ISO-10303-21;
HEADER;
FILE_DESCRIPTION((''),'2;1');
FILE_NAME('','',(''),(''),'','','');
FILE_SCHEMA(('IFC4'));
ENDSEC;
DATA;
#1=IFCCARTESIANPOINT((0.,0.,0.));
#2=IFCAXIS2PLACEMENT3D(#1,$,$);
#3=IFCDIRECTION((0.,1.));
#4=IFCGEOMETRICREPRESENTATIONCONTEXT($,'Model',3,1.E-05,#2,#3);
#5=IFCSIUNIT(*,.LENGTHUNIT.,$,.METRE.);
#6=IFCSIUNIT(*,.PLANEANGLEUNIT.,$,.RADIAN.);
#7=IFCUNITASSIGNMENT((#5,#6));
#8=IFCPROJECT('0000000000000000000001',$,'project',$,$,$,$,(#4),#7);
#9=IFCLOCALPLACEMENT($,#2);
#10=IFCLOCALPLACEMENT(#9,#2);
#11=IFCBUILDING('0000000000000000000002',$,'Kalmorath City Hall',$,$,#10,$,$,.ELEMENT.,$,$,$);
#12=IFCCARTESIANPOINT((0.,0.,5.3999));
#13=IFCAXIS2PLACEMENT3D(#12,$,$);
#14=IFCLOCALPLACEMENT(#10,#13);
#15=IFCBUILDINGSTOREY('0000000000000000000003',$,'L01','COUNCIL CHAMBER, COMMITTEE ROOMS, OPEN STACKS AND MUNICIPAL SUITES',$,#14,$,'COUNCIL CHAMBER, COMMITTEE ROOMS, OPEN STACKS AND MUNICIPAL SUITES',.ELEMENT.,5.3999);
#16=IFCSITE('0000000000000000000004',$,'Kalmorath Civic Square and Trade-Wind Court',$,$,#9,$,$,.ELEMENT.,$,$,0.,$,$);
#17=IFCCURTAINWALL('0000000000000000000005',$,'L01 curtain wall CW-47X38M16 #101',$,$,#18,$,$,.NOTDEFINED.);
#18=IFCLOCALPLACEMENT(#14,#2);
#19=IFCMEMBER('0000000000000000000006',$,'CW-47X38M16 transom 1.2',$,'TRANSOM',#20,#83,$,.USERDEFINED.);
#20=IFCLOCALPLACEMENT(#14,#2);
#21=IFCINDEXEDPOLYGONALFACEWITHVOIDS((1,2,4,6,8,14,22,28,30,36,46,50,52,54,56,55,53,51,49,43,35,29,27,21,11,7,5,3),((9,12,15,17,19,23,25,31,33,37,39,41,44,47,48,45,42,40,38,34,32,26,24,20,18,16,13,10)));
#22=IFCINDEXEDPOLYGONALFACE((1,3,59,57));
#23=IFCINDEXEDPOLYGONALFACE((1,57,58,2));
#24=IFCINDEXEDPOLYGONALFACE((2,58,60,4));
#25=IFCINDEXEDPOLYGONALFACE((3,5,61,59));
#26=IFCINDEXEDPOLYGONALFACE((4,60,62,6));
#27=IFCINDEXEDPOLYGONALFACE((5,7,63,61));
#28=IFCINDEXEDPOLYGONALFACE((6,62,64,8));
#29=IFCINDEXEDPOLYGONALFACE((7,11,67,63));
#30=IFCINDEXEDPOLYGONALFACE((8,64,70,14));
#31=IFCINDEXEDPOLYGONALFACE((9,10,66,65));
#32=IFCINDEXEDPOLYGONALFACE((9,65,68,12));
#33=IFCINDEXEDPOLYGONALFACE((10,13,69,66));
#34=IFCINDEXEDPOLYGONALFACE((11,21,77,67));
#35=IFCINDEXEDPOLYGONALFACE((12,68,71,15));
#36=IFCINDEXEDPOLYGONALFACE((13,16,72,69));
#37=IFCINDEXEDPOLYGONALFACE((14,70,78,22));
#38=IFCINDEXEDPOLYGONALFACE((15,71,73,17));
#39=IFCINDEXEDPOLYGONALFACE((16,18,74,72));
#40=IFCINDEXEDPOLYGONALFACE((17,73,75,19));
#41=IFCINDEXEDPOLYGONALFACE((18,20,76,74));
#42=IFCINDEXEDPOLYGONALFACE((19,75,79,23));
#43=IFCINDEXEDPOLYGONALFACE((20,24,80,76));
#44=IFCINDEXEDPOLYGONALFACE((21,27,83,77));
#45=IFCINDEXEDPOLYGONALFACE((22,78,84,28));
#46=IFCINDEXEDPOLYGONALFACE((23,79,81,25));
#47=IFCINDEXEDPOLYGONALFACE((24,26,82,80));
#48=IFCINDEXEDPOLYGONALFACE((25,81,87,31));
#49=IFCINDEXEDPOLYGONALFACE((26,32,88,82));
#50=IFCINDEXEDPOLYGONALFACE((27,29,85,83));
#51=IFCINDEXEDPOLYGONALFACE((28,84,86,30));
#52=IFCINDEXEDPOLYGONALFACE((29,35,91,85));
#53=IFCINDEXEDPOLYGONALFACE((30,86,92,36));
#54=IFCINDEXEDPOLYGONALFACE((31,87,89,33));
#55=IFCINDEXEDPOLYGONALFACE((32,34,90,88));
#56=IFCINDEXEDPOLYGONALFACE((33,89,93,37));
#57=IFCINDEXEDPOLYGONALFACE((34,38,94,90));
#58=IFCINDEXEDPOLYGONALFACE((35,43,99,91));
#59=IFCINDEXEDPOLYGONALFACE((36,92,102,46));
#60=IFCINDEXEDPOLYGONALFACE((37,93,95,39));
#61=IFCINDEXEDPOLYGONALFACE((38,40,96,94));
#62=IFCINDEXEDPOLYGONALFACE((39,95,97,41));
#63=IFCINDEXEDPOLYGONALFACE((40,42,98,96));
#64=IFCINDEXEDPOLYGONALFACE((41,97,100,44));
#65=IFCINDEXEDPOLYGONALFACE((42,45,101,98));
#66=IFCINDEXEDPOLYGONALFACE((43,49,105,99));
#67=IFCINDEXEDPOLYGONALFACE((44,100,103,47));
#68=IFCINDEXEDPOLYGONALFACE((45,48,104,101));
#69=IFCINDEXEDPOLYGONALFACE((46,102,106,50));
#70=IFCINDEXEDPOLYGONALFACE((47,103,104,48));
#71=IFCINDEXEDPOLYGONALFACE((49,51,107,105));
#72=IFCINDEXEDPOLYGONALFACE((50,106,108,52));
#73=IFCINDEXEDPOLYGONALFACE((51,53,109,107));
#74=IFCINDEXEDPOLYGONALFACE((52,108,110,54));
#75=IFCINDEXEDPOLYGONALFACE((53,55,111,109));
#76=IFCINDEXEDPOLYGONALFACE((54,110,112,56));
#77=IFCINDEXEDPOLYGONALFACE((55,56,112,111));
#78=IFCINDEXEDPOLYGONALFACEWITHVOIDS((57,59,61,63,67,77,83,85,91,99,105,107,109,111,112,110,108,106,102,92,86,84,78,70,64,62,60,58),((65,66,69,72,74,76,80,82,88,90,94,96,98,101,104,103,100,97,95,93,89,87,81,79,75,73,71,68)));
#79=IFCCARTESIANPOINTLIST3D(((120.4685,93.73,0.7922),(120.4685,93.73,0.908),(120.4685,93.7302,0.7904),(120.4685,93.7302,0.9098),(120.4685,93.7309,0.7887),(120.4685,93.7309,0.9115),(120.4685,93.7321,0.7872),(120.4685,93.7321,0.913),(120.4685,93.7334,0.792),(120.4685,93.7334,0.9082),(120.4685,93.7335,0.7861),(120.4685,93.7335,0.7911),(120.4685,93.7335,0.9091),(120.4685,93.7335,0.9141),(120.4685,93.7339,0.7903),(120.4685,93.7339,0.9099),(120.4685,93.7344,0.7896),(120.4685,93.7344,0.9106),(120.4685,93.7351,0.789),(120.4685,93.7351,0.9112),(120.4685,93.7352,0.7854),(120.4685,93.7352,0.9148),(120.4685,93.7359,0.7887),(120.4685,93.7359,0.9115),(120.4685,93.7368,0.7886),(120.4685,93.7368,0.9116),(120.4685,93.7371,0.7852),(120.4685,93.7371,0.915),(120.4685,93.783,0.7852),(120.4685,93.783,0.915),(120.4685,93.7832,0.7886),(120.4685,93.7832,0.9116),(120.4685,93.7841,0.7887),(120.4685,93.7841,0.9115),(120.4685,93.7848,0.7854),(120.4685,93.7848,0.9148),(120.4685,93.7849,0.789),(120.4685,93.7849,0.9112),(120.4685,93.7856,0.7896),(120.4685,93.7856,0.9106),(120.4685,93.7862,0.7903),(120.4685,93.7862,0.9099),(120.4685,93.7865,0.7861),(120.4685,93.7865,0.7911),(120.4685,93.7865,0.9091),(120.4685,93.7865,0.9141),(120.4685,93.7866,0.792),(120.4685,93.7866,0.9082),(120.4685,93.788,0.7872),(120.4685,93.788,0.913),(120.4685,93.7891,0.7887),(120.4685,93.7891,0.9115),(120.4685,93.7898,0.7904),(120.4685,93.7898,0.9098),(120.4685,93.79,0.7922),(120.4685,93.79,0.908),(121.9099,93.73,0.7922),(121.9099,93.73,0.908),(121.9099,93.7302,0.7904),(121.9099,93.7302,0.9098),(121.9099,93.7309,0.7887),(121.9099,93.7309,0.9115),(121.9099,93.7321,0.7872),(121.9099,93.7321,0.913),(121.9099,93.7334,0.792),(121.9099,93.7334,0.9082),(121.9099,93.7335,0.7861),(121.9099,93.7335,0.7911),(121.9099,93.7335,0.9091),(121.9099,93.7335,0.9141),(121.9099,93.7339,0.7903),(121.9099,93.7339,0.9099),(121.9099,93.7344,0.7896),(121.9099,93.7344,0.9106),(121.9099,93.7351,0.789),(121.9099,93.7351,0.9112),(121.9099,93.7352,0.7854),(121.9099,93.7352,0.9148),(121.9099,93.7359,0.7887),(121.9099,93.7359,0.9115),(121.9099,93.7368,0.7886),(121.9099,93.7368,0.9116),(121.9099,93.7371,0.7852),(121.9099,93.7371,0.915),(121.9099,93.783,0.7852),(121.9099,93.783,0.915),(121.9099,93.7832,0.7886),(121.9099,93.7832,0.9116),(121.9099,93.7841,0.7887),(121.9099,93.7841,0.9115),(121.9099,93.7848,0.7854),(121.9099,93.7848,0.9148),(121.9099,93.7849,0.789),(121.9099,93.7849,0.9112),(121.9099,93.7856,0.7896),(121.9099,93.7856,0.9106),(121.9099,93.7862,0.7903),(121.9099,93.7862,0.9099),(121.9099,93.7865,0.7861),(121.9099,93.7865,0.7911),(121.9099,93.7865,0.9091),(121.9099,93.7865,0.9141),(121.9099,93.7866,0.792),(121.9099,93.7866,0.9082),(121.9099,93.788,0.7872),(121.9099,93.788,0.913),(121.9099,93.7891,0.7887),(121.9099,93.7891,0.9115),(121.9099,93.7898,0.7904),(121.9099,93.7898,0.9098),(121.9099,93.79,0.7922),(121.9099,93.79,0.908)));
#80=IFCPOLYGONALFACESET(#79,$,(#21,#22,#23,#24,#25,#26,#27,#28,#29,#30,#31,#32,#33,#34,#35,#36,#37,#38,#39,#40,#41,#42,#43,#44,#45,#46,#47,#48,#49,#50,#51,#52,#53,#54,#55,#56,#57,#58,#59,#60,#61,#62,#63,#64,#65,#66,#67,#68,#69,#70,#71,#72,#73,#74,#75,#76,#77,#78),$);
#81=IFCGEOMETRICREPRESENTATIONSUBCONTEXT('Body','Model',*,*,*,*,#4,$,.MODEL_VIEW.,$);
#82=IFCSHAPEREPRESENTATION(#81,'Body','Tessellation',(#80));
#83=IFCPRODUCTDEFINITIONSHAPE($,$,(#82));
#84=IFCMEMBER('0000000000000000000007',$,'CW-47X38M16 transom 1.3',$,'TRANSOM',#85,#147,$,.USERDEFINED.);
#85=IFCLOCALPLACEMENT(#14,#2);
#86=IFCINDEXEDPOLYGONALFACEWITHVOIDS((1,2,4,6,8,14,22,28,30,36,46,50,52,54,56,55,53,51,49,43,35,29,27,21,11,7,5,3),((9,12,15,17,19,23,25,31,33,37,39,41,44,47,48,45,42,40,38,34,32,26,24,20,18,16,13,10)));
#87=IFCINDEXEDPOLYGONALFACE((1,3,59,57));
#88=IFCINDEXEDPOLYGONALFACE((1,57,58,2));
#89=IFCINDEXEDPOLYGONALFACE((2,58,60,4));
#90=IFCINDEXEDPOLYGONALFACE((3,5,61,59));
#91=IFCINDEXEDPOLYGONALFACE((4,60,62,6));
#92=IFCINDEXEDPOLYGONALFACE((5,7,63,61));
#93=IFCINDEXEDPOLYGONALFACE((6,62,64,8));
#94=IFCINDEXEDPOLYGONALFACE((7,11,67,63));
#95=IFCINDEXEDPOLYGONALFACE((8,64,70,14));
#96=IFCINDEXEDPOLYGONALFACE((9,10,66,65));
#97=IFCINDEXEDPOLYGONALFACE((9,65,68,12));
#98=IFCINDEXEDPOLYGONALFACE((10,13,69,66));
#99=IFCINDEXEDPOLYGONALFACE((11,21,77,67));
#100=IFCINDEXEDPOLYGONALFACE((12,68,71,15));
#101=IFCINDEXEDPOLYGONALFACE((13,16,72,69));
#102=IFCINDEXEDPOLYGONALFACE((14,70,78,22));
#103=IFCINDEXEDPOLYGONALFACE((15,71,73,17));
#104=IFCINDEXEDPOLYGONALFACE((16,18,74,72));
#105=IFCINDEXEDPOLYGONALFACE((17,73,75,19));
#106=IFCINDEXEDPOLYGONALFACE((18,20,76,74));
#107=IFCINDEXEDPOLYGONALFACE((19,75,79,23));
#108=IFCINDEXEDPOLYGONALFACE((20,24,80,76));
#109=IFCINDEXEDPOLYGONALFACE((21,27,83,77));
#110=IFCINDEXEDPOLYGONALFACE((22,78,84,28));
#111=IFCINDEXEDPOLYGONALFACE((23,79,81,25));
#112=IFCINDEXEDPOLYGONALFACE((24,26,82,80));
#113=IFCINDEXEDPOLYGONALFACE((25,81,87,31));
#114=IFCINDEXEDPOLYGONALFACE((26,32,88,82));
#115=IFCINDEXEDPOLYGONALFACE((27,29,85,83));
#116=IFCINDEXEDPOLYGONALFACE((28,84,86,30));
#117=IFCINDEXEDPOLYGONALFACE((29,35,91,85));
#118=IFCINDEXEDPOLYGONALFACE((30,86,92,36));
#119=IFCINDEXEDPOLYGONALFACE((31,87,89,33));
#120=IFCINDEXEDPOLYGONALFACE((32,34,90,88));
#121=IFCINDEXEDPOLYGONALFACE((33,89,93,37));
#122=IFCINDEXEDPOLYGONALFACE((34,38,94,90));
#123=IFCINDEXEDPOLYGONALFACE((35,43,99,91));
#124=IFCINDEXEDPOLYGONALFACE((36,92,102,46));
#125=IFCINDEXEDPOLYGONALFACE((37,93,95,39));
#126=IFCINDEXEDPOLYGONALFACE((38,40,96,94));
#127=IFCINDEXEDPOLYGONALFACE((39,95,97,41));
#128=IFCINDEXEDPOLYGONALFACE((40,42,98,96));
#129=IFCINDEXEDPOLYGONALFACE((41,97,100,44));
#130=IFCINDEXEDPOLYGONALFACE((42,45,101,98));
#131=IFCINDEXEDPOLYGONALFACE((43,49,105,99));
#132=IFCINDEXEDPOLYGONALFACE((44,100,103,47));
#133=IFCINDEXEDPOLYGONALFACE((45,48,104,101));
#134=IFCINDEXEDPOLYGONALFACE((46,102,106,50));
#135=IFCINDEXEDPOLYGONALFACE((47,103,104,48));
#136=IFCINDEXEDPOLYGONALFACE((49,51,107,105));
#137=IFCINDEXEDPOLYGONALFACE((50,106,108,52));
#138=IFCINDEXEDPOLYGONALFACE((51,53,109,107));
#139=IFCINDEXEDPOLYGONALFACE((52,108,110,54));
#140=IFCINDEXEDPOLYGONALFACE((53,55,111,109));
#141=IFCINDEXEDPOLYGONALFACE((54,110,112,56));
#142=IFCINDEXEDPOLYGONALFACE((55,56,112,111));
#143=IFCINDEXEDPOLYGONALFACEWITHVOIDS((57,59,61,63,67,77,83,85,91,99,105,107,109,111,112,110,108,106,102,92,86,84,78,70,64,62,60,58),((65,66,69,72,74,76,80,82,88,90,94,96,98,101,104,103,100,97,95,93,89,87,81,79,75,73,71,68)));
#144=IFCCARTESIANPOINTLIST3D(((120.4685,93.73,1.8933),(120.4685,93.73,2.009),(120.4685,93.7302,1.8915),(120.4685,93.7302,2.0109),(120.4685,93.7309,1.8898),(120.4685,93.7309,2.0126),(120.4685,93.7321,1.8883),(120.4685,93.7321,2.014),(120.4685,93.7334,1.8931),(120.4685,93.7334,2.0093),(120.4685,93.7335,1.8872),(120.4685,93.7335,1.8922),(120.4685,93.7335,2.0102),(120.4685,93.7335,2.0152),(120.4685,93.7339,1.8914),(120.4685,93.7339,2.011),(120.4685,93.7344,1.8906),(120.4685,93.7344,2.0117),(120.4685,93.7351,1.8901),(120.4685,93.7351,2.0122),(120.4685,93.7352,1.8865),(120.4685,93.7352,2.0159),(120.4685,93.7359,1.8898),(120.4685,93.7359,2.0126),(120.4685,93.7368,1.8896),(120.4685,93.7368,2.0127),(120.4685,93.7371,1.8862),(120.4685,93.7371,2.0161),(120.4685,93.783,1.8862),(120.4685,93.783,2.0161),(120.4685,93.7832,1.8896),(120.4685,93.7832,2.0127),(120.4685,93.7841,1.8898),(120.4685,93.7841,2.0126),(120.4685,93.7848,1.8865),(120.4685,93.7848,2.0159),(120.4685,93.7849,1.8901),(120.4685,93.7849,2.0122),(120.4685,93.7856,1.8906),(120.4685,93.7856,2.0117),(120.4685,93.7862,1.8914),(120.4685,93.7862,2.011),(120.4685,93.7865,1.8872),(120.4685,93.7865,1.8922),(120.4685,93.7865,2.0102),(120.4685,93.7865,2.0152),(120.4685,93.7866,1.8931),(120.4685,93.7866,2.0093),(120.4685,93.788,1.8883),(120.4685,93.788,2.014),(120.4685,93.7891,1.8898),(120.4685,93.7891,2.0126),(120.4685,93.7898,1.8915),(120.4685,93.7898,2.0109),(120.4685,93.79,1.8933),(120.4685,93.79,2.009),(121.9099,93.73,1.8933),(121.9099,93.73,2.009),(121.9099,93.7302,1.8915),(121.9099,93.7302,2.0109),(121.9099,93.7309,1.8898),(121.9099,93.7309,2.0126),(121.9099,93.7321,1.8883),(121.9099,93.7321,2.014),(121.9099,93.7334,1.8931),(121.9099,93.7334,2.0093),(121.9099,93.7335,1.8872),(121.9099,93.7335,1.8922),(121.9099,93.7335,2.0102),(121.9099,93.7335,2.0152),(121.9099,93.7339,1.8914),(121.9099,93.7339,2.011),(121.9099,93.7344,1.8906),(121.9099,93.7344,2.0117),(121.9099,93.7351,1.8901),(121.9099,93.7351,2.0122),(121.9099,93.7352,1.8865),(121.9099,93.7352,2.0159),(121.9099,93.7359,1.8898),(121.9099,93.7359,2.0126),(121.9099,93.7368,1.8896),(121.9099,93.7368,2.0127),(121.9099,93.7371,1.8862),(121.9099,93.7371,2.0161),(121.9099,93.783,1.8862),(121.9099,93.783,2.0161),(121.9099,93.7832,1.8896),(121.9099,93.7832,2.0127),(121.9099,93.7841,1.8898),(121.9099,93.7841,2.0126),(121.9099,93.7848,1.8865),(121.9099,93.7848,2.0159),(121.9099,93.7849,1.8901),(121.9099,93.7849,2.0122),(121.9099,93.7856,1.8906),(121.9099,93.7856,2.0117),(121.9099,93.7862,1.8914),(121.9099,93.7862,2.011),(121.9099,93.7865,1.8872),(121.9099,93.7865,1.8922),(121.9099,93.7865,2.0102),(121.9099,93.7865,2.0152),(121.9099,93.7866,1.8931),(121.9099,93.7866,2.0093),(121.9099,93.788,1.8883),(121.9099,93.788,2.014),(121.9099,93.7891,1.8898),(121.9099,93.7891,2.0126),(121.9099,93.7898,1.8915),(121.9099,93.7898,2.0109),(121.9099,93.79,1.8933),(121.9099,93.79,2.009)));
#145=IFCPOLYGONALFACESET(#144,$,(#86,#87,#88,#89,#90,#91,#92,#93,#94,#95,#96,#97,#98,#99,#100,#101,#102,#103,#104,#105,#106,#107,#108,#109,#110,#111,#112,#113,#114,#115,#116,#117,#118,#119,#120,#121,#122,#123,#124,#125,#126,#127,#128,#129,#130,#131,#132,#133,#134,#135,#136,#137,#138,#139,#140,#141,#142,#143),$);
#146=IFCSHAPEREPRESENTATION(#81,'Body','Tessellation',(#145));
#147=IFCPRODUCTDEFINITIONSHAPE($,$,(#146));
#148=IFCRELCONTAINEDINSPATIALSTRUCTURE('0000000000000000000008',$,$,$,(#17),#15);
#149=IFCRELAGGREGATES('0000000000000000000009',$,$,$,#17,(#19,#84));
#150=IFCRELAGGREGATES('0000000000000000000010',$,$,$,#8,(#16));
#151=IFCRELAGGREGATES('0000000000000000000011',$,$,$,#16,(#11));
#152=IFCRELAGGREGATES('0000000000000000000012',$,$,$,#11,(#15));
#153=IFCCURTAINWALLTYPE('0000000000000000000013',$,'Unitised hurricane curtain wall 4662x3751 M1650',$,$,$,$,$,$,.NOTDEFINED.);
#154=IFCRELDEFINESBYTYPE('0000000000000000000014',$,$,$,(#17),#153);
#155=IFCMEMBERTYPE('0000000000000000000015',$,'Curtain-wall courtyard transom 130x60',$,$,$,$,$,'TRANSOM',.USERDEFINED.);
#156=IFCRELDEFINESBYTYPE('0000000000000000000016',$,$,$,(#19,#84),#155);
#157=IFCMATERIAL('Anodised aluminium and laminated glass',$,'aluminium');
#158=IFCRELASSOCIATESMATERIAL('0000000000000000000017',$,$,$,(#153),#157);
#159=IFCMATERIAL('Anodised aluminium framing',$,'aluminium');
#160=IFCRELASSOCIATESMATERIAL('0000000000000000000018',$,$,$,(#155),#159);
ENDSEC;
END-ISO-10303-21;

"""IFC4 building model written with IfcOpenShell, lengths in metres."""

from ifc_helpers import new_model, si_unit, direction, frame, origin, origin_2d, place, context, subcontext, project, spatial, hollow_rectangle, extrude, material, material_profile, profile_set, type_object, element, aggregate, save


model = new_model("IFC4")

# Units and contexts
model_context = context("Model", 3, precision=1e-05, world=origin(), true_north=direction((0.0, 1.0)))
body_context = subcontext(model_context, "Body", "Model", "MODEL_VIEW")
ifc_project = project(units=[si_unit("LENGTHUNIT", "METRE"), si_unit("PLANEANGLEUNIT", "RADIAN")], contexts=[model_context])

# Site, building, storey
site_placement = place(None, origin())
site = spatial("IfcSite", under=ifc_project, at=site_placement, Name="Kalmorath Civic Square and Trade-Wind Court", CompositionType="ELEMENT", RefElevation=0.0)
building_placement = place(site_placement, origin())
building = spatial("IfcBuilding", under=site, at=building_placement, Name="Kalmorath City Hall", CompositionType="ELEMENT")
storey_placement = place(building_placement, frame((0.0, 0.0, 5.3999)))
storey = spatial("IfcBuildingStorey", under=building, at=storey_placement, Name="L01", Description="COUNCIL CHAMBER, COMMITTEE ROOMS, OPEN STACKS AND MUNICIPAL SUITES", LongName="COUNCIL CHAMBER, COMMITTEE ROOMS, OPEN STACKS AND MUNICIPAL SUITES", CompositionType="ELEMENT", Elevation=5.3999)

# Curtain wall, members
ifc_material_1 = material(Name="Anodised aluminium and laminated glass", Category="aluminium")
curtain_wall_type = type_object("IfcCurtainWallType", Name="Unitised hurricane curtain wall 4662x3751 M1650", PredefinedType="NOTDEFINED", material=ifc_material_1)
curtain_wall_placement = place(storey_placement, origin())
curtain_wall = element("IfcCurtainWall", 1, at=curtain_wall_placement, inside=storey, type_object=curtain_wall_type, Name="L01 curtain wall CW-47X38M16 #101", PredefinedType="NOTDEFINED")
ifc_material_2 = material(Name="Anodised aluminium framing", Category="aluminium")
ifc_material_profile_1 = material_profile(ifc_material_2, hollow_rectangle(XDim=0.0601, YDim=0.1299, WallThickness=0.0034, InnerFilletRadius=0.0034, OuterFilletRadius=0.0071, at=origin_2d()), Name="ALU-TRN-130X60X3.5")
ifc_profile_set_1 = profile_set([ifc_material_profile_1], Name="Anodised aluminium framing")
member_type_1 = type_object("IfcMemberType", Name="Curtain-wall courtyard transom 130x60", ElementType="TRANSOM", PredefinedType="USERDEFINED", material=ifc_profile_set_1)
member_1_placement = place(storey_placement, frame((121.9099, 93.76, 0.8501), z_axis=(-1.0, 0.0, 0.0), x_axis=(0.0, -1.0, 0.0)))
member_1 = element("IfcMember", 2, at=member_1_placement, type_object=member_type_1, Name="CW-47X38M16 transom 1.2", ObjectType="TRANSOM", PredefinedType="USERDEFINED", context=body_context, shape_type="SweptSolid", body=[
    extrude(hollow_rectangle(XDim=0.0601, YDim=0.1299, WallThickness=0.0034, InnerFilletRadius=0.0034, OuterFilletRadius=0.0071, at=origin_2d()), origin(), (0.0, 0.0, 1.0), 1.4414),
])
member_2_placement = place(storey_placement, frame((121.9099, 93.76, 1.9512), z_axis=(-1.0, 0.0, 0.0), x_axis=(0.0, -1.0, 0.0)))
member_2 = element("IfcMember", 3, at=member_2_placement, type_object=member_type_1, Name="CW-47X38M16 transom 1.3", ObjectType="TRANSOM", PredefinedType="USERDEFINED", context=body_context, shape_type="SweptSolid", body=[
    extrude(hollow_rectangle(XDim=0.0601, YDim=0.1299, WallThickness=0.0034, InnerFilletRadius=0.0034, OuterFilletRadius=0.0071, at=origin_2d()), origin(), (0.0, 0.0, 1.0), 1.4414),
])

aggregate(curtain_wall, [member_1, member_2])

save(model, "model.ifc")
